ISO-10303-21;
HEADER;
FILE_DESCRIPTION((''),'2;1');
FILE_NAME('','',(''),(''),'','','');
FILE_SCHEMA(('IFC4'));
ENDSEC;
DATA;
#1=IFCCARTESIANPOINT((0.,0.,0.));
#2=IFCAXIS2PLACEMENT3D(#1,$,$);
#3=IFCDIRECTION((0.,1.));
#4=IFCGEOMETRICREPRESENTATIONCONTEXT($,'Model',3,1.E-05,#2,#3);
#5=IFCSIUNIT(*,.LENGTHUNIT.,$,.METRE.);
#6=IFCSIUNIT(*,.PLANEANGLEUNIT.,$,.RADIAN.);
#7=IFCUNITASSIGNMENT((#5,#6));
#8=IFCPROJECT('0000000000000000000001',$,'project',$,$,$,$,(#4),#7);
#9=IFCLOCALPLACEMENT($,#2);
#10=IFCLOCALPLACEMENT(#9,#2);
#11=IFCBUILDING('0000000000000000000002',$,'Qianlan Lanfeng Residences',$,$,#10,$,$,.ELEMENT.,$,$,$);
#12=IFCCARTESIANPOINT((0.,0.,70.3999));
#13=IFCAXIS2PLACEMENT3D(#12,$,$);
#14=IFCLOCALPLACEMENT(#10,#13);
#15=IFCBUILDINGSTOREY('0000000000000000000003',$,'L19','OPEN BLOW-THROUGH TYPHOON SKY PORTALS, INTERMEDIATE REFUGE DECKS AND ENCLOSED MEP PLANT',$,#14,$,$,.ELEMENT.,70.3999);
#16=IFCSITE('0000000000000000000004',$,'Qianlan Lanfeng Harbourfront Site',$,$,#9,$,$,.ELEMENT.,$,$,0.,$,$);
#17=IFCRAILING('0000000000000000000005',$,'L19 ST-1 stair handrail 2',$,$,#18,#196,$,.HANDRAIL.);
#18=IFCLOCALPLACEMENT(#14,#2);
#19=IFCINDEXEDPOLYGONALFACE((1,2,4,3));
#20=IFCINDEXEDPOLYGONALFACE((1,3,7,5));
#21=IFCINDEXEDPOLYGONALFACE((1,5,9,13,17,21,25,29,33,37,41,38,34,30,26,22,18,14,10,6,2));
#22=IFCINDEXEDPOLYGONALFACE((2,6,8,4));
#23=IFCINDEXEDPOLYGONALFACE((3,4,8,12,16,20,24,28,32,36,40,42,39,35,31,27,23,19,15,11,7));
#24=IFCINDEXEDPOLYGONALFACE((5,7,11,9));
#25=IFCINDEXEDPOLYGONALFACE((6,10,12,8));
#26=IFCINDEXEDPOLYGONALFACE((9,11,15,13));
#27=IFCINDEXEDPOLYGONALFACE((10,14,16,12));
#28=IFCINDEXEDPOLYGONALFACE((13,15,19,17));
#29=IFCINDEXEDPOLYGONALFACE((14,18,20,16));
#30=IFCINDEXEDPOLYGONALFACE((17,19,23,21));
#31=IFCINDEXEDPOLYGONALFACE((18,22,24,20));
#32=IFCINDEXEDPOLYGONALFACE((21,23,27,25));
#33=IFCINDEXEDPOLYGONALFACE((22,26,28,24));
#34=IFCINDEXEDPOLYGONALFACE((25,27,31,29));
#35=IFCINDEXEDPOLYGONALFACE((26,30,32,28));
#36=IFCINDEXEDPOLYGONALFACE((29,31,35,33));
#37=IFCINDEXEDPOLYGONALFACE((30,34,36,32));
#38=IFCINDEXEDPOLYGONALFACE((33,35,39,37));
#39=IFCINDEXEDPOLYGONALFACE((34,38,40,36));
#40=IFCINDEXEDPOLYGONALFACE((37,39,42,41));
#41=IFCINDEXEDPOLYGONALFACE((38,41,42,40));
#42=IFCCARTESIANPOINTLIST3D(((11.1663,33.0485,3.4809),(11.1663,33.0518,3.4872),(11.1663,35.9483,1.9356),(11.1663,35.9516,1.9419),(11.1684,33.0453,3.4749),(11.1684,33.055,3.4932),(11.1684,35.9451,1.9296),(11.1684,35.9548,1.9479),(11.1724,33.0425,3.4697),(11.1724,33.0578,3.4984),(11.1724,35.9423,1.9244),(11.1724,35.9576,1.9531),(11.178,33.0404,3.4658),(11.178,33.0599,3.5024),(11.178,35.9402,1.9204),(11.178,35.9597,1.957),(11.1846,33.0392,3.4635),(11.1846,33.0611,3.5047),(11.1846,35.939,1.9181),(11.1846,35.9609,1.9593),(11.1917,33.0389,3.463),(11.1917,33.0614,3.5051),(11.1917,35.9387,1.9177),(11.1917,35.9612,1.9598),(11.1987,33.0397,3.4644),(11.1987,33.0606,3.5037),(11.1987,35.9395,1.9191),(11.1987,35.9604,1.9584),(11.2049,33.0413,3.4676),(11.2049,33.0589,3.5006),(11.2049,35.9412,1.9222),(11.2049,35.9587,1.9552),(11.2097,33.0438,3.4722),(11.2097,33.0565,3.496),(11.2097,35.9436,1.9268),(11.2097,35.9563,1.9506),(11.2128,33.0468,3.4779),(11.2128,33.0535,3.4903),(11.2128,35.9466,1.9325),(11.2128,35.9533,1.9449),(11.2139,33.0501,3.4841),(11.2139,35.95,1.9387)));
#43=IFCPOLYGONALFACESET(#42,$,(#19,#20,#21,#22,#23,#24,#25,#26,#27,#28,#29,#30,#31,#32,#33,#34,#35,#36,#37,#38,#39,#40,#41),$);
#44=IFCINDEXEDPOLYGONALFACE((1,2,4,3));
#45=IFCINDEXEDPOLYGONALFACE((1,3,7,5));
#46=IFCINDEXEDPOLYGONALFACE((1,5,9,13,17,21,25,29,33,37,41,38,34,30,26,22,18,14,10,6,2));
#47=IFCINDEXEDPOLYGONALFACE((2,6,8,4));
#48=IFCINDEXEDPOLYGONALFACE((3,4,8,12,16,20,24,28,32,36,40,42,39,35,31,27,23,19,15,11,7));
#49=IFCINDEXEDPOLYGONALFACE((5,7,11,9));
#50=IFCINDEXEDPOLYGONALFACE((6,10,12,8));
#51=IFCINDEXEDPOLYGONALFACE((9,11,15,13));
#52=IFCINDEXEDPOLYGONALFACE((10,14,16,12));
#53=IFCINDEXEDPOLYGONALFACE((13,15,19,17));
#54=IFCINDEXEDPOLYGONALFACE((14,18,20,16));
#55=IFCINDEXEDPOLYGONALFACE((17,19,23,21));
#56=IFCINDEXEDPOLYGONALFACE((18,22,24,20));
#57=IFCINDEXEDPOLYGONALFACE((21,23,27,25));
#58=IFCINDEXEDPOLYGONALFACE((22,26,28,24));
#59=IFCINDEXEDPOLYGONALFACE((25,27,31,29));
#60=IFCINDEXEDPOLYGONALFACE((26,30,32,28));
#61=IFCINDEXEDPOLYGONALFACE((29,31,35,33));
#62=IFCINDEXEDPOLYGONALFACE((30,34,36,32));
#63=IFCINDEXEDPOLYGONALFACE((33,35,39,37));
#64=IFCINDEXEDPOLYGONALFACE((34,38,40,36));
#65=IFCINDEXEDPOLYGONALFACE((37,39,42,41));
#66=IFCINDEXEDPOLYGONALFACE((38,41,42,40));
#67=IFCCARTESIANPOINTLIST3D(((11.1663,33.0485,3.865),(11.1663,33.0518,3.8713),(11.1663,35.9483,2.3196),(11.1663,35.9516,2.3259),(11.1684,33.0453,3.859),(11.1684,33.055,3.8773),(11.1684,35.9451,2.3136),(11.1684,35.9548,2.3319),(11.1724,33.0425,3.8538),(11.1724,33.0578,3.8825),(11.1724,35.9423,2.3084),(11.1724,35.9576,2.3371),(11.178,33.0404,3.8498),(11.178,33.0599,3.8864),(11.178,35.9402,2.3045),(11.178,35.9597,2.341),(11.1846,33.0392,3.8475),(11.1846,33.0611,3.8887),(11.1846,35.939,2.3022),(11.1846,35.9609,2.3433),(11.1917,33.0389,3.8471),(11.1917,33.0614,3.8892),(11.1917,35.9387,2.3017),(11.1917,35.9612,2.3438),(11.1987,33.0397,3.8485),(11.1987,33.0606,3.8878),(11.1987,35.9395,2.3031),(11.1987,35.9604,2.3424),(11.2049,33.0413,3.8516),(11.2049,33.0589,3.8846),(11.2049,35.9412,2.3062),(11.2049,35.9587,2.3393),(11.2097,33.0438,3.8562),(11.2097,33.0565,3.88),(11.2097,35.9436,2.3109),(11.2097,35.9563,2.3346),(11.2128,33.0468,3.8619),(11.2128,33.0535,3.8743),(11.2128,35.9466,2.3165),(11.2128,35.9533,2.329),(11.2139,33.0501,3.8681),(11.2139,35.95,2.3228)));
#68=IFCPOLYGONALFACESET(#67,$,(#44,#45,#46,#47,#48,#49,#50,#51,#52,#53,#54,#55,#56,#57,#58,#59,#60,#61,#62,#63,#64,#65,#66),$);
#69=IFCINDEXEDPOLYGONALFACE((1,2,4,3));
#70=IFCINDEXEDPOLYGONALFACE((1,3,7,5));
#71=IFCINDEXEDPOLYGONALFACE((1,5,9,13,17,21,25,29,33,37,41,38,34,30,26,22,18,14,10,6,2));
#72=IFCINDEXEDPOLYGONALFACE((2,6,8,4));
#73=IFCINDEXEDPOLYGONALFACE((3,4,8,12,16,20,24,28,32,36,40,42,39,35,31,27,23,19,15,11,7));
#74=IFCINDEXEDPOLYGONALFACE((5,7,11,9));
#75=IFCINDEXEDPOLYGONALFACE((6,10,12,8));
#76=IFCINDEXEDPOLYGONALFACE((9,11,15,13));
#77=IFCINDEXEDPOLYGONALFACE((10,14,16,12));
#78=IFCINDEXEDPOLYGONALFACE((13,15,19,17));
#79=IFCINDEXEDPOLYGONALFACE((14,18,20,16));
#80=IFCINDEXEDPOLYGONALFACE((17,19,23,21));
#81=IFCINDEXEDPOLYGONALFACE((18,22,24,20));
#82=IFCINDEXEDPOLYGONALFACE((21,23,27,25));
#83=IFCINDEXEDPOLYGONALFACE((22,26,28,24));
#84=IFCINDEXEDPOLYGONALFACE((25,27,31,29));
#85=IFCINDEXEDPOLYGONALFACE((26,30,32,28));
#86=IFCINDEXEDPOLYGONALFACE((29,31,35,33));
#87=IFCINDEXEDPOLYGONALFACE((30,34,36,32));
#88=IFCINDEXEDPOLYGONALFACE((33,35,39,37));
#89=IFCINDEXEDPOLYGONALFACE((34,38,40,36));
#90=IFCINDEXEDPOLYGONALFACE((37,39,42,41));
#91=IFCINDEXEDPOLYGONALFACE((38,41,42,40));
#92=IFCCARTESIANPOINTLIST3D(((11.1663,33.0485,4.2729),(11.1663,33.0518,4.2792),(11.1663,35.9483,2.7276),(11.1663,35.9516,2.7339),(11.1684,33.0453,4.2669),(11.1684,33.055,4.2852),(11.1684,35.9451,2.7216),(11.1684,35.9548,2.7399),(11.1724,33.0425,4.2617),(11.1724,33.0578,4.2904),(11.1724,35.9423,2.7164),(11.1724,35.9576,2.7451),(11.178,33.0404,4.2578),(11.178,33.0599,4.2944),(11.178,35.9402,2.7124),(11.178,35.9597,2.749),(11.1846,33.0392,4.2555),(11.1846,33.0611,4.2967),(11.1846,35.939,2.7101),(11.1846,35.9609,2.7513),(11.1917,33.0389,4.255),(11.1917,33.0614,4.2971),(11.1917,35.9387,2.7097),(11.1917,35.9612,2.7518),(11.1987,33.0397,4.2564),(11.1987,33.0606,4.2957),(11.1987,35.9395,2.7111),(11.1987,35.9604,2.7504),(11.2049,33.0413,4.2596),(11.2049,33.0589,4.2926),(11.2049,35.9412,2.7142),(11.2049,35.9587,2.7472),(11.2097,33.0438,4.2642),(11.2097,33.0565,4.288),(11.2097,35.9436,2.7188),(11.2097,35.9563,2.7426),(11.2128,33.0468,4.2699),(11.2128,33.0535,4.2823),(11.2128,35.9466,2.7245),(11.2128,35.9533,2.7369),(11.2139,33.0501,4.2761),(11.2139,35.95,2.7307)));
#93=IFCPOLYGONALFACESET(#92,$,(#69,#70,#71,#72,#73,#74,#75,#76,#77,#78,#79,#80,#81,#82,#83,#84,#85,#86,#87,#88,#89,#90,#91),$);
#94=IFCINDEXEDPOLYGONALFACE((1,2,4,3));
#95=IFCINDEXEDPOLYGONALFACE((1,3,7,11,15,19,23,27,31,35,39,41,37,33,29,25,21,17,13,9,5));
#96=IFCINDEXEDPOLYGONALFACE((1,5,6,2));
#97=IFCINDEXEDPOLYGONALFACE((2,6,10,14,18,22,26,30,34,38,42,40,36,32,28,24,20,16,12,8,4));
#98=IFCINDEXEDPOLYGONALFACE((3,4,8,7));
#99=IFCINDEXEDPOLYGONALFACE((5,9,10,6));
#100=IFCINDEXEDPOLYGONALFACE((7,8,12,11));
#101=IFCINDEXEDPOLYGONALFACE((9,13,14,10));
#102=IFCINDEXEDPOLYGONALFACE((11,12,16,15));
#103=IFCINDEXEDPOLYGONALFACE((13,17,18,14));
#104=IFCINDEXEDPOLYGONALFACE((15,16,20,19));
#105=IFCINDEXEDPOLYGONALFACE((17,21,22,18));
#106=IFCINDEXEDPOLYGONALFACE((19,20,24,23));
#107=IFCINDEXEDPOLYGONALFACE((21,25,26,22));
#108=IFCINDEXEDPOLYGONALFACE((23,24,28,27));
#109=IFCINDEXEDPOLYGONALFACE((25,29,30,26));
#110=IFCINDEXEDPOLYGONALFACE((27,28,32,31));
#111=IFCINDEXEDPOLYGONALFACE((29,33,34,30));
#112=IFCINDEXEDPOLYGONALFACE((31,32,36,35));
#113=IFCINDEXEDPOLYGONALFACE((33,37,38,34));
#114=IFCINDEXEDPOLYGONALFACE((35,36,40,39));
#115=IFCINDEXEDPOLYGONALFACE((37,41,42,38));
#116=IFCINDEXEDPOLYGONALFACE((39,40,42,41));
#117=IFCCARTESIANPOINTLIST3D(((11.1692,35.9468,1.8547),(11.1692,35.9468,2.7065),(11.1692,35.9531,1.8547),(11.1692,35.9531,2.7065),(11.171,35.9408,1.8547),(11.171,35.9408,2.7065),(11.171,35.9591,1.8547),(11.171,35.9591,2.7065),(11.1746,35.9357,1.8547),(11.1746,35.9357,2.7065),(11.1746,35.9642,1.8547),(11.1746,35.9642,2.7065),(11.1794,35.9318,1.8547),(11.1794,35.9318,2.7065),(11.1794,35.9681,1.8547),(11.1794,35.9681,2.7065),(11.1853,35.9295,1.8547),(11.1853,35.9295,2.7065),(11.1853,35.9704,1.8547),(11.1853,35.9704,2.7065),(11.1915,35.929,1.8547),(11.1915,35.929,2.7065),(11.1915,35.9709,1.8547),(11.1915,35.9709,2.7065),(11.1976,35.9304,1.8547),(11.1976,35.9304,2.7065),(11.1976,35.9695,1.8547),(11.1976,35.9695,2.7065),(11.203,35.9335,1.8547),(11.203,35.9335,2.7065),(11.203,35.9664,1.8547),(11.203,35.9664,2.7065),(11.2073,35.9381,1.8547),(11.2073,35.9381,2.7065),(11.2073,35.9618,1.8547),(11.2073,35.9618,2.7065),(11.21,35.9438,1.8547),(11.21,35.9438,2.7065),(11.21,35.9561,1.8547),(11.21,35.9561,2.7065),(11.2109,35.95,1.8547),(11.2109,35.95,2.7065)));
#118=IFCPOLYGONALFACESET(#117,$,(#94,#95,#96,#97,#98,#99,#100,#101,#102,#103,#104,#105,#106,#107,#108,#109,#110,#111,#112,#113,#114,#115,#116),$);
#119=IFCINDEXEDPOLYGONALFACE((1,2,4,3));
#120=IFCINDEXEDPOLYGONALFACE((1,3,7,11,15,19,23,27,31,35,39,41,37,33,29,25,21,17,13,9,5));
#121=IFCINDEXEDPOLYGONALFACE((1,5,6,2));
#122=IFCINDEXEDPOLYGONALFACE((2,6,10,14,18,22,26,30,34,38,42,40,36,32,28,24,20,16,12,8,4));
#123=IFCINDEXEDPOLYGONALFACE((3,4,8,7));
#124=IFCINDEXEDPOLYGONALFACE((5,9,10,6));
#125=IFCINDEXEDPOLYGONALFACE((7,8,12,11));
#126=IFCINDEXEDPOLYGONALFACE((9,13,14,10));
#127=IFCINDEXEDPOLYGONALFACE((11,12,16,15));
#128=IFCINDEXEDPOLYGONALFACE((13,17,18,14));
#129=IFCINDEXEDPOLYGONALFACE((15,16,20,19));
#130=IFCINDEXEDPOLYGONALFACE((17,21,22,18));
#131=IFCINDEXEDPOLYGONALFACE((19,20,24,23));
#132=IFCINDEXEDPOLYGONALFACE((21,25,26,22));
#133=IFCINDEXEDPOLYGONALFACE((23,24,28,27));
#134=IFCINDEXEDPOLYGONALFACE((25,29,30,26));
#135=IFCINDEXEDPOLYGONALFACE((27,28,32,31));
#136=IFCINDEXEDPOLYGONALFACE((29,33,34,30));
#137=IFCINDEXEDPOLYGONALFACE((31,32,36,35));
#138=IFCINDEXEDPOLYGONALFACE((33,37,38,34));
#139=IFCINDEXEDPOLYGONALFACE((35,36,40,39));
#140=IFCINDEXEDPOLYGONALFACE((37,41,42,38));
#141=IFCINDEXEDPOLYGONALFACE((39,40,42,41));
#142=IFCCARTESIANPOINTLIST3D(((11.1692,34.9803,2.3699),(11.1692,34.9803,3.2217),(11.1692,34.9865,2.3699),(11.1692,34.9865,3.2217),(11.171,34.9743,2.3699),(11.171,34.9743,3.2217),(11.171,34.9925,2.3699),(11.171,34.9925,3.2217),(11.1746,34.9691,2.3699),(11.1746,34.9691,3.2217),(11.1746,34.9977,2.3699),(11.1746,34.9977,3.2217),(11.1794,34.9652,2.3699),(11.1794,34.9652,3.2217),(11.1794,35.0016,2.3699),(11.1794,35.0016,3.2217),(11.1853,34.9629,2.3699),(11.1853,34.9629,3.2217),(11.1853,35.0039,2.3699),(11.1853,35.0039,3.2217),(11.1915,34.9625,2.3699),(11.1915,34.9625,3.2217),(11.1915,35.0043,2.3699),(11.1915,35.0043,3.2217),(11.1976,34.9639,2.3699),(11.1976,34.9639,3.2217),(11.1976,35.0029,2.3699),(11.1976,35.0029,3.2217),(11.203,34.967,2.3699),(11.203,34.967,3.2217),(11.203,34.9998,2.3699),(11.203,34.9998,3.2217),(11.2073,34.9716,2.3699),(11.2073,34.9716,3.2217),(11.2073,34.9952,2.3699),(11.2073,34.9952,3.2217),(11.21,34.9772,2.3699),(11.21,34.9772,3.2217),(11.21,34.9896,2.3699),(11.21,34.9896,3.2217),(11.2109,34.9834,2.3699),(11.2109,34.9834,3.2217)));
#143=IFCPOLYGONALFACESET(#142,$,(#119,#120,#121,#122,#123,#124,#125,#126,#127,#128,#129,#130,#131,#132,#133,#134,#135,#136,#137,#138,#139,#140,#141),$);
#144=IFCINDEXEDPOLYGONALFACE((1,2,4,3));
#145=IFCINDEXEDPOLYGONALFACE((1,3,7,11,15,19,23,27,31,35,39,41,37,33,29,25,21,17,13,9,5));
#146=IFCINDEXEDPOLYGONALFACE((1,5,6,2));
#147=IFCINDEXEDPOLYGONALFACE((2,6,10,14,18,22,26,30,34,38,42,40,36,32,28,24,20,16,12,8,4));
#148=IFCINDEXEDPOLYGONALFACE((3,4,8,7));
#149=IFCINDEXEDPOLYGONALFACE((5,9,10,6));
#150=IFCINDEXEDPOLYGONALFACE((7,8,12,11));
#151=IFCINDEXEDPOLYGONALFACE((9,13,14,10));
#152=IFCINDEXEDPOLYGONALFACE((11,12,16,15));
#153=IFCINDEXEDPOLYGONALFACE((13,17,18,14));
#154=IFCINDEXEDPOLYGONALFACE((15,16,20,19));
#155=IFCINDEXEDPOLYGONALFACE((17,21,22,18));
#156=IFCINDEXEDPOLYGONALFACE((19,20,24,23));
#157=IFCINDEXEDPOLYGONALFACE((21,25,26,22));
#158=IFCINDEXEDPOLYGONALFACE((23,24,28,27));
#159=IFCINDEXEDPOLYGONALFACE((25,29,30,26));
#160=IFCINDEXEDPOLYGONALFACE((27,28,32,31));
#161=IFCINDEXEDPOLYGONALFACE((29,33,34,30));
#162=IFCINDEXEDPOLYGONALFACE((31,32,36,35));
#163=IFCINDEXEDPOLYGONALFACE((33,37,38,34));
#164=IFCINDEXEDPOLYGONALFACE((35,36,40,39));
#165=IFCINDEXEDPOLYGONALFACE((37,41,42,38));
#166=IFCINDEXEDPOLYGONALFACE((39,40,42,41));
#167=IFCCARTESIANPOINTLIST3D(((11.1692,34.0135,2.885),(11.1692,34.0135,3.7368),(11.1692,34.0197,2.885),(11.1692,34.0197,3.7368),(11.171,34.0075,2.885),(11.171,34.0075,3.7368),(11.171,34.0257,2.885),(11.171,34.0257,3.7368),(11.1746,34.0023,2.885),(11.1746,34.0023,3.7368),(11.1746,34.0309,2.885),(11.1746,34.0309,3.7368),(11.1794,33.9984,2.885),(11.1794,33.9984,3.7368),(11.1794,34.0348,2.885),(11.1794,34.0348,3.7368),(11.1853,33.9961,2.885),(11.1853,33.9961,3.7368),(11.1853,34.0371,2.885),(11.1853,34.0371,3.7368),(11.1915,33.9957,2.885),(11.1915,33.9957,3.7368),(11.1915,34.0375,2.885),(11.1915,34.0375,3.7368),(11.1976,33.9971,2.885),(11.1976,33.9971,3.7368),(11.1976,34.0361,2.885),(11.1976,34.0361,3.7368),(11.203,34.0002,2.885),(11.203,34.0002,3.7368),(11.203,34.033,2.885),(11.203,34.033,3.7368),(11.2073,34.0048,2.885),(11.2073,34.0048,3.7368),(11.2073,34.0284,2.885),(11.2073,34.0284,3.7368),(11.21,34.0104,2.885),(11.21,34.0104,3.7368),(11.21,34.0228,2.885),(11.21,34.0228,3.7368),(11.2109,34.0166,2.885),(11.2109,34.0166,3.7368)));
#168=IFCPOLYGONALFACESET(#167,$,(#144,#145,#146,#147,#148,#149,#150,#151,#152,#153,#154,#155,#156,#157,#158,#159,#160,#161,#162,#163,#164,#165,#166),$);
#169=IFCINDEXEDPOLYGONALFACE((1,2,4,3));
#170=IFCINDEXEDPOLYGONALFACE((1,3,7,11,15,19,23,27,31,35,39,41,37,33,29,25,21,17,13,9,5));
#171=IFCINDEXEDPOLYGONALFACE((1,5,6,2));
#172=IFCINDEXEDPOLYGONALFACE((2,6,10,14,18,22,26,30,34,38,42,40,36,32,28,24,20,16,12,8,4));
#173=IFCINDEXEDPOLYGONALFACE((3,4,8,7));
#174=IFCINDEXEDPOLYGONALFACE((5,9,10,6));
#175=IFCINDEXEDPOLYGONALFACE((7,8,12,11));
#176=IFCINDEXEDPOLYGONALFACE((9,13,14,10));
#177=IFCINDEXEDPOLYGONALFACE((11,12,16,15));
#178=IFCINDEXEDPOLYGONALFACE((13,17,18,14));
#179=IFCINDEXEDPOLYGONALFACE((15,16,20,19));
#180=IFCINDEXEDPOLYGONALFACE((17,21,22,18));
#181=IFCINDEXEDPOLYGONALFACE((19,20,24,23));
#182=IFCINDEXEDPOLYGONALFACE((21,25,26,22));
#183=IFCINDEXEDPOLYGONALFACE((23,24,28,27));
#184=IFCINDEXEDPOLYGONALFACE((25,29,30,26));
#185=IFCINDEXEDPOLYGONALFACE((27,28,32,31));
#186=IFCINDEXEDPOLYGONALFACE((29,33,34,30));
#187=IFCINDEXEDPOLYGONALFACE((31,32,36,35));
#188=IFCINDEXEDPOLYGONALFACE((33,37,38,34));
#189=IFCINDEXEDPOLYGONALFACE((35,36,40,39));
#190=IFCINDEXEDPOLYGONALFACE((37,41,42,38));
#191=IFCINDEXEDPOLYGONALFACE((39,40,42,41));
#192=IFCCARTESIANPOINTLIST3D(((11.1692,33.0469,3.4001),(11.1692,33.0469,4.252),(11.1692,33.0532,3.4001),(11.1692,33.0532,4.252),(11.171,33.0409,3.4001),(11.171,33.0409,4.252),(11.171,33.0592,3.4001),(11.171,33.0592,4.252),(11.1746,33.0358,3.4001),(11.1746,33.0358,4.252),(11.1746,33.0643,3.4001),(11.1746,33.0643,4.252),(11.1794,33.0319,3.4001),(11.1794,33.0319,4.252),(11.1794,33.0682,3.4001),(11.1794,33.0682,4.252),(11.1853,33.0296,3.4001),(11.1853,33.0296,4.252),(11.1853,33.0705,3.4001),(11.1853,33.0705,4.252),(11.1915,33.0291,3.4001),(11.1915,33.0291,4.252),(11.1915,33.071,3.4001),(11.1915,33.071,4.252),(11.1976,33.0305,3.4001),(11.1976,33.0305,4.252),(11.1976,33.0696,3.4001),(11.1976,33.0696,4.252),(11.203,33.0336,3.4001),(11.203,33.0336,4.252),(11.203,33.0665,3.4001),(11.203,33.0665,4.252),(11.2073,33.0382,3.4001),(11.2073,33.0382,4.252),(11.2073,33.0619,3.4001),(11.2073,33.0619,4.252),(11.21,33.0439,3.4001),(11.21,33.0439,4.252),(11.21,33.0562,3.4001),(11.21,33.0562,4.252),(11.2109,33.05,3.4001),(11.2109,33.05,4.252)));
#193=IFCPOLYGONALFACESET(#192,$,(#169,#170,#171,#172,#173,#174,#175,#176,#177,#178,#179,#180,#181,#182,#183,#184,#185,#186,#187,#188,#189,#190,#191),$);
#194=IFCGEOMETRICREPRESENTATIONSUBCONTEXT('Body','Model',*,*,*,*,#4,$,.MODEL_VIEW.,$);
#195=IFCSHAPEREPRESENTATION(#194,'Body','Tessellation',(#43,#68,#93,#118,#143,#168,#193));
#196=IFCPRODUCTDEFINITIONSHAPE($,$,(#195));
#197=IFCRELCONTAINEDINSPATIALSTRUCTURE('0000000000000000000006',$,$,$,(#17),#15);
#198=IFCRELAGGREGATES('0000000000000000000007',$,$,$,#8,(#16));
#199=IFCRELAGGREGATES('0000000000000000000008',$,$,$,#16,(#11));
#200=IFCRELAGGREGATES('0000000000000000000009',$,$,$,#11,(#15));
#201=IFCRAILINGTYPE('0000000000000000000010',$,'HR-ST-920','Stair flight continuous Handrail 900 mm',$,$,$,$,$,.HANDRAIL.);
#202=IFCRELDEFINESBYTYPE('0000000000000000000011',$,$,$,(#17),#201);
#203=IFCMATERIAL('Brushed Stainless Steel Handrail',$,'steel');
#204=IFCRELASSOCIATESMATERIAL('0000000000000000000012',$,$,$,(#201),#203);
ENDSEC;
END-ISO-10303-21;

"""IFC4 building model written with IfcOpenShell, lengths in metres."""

from ifc_helpers import new_model, si_unit, direction, frame, origin, origin_2d, place, context, subcontext, project, spatial, circle, extrude, material, type_object, element, save


model = new_model("IFC4")

# Units and contexts
model_context = context("Model", 3, precision=1e-05, world=origin(), true_north=direction((0.0, 1.0)))
body_context = subcontext(model_context, "Body", "Model", "MODEL_VIEW")
ifc_project = project(units=[si_unit("LENGTHUNIT", "METRE"), si_unit("PLANEANGLEUNIT", "RADIAN")], contexts=[model_context])

# Site, building, storey
site_placement = place(None, origin())
site = spatial("IfcSite", under=ifc_project, at=site_placement, Name="Qianlan Lanfeng Harbourfront Site", CompositionType="ELEMENT", RefElevation=0.0)
building_placement = place(site_placement, origin())
building = spatial("IfcBuilding", under=site, at=building_placement, Name="Qianlan Lanfeng Residences", CompositionType="ELEMENT")
storey_placement = place(building_placement, frame((0.0, 0.0, 70.3999)))
storey = spatial("IfcBuildingStorey", under=building, at=storey_placement, Name="L19", Description="OPEN BLOW-THROUGH TYPHOON SKY PORTALS, INTERMEDIATE REFUGE DECKS AND ENCLOSED MEP PLANT", CompositionType="ELEMENT", Elevation=70.3999)

# Railing
ifc_material_1 = material(Name="Brushed Stainless Steel Handrail", Category="steel")
railing_type_1 = type_object("IfcRailingType", Name="HR-ST-920", Description="Stair flight continuous Handrail 900 mm", PredefinedType="HANDRAIL", material=ifc_material_1)
for number, where, name in (
    (1, (11.1899, 35.95, 1.8547), "L19 ST-1 stair handrail 2"),
):
    element("IfcRailing", number, at=place(storey_placement, frame(where)), inside=storey, type_object=railing_type_1, Name=name, PredefinedType="HANDRAIL", context=body_context, shape_type="SweptSolid", body=[
        extrude(circle(Radius=0.0239, at=origin_2d()), frame((0.0, 0.0, 0.084), z_axis=(0.0, -0.882505, 0.470303), x_axis=(1.0, 0.0, 0.0)), (0.0, 0.0, 1.0), 3.2859),
        extrude(circle(Radius=0.0239, at=origin_2d()), frame((0.0, 0.0, 0.468), z_axis=(0.0, -0.882505, 0.470303), x_axis=(1.0, 0.0, 0.0)), (0.0, 0.0, 1.0), 3.2859),
        extrude(circle(Radius=0.0239, at=origin_2d()), frame((0.0, 0.0, 0.876), z_axis=(0.0, -0.882505, 0.470303), x_axis=(1.0, 0.0, 0.0)), (0.0, 0.0, 1.0), 3.2859),
        extrude(circle(Radius=0.021, at=origin_2d()), origin(), (0.0, 0.0, 1.0), 0.8518),
        extrude(circle(Radius=0.021, at=origin_2d()), frame((0.0, -0.9666, 0.5151)), (0.0, 0.0, 1.0), 0.8518),
        extrude(circle(Radius=0.021, at=origin_2d()), frame((0.0, -1.9333, 1.0303)), (0.0, 0.0, 1.0), 0.8518),
        extrude(circle(Radius=0.021, at=origin_2d()), frame((0.0, -2.8999, 1.5454)), (0.0, 0.0, 1.0), 0.8518),
    ])

save(model, "model.ifc")
